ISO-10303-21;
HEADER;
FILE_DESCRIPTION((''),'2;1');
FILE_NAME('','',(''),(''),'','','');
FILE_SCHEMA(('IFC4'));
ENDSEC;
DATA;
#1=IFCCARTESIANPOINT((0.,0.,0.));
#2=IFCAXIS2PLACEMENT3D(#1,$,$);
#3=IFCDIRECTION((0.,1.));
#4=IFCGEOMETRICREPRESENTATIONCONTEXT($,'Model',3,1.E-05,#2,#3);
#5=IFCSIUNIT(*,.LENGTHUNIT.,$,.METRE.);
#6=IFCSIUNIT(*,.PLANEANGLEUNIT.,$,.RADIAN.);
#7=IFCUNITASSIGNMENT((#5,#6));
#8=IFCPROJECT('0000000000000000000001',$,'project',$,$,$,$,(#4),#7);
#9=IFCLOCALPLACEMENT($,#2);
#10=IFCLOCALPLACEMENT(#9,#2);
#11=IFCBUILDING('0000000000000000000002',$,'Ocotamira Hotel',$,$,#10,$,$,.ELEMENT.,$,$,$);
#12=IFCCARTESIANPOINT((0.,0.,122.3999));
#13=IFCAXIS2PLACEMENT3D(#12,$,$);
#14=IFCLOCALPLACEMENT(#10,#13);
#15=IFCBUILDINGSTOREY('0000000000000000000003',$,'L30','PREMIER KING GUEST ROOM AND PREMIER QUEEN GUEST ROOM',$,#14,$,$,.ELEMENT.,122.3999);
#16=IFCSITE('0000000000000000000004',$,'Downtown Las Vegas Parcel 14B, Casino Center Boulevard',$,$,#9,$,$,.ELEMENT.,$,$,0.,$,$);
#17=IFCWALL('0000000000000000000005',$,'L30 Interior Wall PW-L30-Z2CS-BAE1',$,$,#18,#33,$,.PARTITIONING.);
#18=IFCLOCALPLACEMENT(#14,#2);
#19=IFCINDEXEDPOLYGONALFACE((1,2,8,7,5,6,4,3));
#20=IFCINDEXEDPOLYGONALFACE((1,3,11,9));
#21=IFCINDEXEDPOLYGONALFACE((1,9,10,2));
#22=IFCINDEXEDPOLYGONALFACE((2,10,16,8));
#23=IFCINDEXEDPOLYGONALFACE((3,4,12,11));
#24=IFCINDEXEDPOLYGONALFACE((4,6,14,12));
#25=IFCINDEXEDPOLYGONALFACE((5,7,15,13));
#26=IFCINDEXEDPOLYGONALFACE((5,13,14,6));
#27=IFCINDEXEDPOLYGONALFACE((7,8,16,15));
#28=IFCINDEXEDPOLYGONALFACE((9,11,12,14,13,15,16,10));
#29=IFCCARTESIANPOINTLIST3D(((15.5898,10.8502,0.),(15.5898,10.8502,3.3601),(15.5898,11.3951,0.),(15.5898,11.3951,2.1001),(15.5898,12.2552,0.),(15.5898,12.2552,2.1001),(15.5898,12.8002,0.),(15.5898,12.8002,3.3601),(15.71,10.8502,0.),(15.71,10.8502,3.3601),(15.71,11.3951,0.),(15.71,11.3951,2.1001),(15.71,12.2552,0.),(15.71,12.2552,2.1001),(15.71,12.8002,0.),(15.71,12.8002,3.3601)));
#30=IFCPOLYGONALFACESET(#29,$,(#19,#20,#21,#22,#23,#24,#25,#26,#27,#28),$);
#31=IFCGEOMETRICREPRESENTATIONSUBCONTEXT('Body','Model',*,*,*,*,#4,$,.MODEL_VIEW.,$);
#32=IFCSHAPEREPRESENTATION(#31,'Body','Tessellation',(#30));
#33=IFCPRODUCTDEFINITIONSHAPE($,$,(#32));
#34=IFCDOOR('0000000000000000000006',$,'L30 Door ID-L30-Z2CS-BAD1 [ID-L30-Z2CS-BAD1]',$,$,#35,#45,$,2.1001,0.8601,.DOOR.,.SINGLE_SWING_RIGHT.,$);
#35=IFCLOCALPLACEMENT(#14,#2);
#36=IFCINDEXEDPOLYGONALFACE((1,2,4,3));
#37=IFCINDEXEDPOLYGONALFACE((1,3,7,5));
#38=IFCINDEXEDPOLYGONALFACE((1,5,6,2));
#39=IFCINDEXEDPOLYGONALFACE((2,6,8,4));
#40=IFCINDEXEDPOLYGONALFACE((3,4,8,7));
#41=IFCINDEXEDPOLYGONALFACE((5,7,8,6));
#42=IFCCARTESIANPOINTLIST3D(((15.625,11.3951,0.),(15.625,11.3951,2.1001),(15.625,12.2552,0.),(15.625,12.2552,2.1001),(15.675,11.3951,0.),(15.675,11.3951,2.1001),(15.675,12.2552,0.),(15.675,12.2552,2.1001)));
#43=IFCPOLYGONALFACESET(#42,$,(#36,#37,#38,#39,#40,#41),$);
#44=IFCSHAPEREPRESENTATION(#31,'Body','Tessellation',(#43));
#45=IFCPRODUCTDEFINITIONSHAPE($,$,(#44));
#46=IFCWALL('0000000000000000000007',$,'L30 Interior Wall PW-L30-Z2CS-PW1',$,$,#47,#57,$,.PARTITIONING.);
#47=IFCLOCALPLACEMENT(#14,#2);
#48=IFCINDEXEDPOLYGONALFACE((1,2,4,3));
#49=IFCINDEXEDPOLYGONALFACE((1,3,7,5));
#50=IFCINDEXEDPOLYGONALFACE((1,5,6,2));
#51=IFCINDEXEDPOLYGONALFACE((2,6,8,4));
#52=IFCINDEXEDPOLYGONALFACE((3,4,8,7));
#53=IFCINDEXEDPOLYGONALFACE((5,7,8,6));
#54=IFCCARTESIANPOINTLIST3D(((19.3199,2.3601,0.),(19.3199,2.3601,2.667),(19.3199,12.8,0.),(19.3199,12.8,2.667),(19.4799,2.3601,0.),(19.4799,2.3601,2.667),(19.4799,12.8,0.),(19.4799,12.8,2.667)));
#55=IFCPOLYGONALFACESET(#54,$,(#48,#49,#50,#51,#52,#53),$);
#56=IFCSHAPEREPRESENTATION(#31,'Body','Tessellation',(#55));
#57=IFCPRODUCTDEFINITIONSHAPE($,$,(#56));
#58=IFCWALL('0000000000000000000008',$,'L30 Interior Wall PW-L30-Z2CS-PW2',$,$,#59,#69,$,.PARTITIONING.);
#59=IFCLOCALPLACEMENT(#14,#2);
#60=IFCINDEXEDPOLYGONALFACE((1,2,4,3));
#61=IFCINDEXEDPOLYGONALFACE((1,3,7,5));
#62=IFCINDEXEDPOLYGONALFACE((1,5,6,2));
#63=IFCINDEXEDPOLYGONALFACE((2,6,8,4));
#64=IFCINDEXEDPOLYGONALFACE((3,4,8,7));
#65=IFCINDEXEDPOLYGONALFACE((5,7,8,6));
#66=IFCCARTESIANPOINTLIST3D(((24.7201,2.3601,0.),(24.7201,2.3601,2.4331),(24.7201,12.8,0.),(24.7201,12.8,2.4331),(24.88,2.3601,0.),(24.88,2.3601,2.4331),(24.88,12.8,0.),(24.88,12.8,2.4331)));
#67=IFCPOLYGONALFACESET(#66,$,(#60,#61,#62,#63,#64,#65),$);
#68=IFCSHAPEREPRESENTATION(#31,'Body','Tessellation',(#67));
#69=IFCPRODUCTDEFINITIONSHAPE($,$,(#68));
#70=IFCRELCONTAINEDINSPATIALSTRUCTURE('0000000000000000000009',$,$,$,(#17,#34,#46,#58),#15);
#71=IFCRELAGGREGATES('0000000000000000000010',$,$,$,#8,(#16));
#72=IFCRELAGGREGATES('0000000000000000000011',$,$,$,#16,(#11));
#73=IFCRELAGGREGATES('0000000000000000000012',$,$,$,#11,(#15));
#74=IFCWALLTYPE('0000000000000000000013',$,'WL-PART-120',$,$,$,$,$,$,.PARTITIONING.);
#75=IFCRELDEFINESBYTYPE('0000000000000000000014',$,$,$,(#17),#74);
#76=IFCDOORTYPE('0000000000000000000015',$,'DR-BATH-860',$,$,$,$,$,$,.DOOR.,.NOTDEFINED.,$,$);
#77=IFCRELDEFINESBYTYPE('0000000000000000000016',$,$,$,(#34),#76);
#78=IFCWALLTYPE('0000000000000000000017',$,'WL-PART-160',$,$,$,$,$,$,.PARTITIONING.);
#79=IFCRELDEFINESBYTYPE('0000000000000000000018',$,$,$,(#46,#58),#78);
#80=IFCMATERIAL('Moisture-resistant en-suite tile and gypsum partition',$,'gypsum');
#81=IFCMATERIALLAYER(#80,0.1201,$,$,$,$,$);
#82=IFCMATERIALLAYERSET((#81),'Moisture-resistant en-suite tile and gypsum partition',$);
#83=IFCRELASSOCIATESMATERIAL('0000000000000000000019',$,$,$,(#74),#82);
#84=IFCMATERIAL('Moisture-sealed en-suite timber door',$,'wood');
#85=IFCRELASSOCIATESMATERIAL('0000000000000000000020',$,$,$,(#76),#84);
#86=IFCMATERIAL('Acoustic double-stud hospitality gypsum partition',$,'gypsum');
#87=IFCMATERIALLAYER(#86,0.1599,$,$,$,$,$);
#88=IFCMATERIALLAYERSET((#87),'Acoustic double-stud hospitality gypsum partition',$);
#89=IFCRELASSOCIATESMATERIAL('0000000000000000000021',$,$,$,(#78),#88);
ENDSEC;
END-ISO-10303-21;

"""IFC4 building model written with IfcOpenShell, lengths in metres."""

from ifc_helpers import new_model, si_unit, direction, frame, frame_2d, origin, place, context, subcontext, project, spatial, rectangle, extrude, source, transform, mapped, material, layer, layer_set, type_object, element, fill, save


model = new_model("IFC4")

# Units and contexts
model_context = context("Model", 3, precision=1e-05, world=origin(), true_north=direction((0.0, 1.0)))
body_context = subcontext(model_context, "Body", "Model", "MODEL_VIEW")
ifc_project = project(units=[si_unit("LENGTHUNIT", "METRE"), si_unit("PLANEANGLEUNIT", "RADIAN")], contexts=[model_context])

# Site, building, storey
site_placement = place(None, origin())
site = spatial("IfcSite", under=ifc_project, at=site_placement, Name="Downtown Las Vegas Parcel 14B, Casino Center Boulevard", CompositionType="ELEMENT", RefElevation=0.0)
building_placement = place(site_placement, origin())
building = spatial("IfcBuilding", under=site, at=building_placement, Name="Ocotamira Hotel", CompositionType="ELEMENT")
storey_placement = place(building_placement, frame((0.0, 0.0, 122.3999)))
storey = spatial("IfcBuildingStorey", under=building, at=storey_placement, Name="L30", Description="PREMIER KING GUEST ROOM AND PREMIER QUEEN GUEST ROOM", CompositionType="ELEMENT", Elevation=122.3999)

# Wall, opening, door
ifc_material_1 = material(Name="Moisture-resistant en-suite tile and gypsum partition", Category="gypsum")
ifc_layer_1 = layer(ifc_material_1, 0.1201)
ifc_layer_set_1 = layer_set([ifc_layer_1], Name="Moisture-resistant en-suite tile and gypsum partition")
wall_type_1 = type_object("IfcWallType", Name="WL-PART-120", PredefinedType="PARTITIONING", material=ifc_layer_set_1)
wall_1_placement = place(storey_placement, frame((15.6499, 10.8501, 0.0), z_axis=(0.0, 0.0, 1.0), x_axis=(0.0, 1.0, 0.0)))
wall_1 = element("IfcWall", 1, at=wall_1_placement, inside=storey, type_object=wall_type_1, Name="L30 Interior Wall PW-L30-Z2CS-BAE1", PredefinedType="PARTITIONING", context=body_context, shape_type="SweptSolid", body=[
    extrude(rectangle(XDim=1.95, YDim=0.1201, at=frame_2d((0.9751, 0.0))), origin(), (0.0, 0.0, 1.0), 3.3601),
])
opening_placement = place(wall_1_placement, frame((0.5449, 0.0, 0.0)))
opening = element("IfcOpeningElement", 2, at=opening_placement, cuts=wall_1, PredefinedType="OPENING", context=body_context, shape_type="SweptSolid", body=[
    extrude(rectangle(XDim=0.8601, YDim=2.1001, at=frame_2d((0.4302, 1.05))), frame((0.0, 0.0701, 0.0), z_axis=(0.0, -1.0, 0.0), x_axis=(1.0, 0.0, 0.0)), (0.0, 0.0, 1.0), 0.1401),
])
ifc_material_2 = material(Name="Moisture-sealed en-suite timber door", Category="wood")
door_type = type_object("IfcDoorType", Name="DR-BATH-860", OperationType="NOTDEFINED", PredefinedType="DOOR", material=ifc_material_2)
shared_shape_1 = source(origin(), body_context, "Body", "SweptSolid", [
    extrude(rectangle(XDim=0.8601, YDim=2.1001, at=frame_2d((0.4302, 1.05))), frame((0.0, 0.0249, 0.0), z_axis=(0.0, -1.0, 0.0), x_axis=(1.0, 0.0, 0.0)), (0.0, 0.0, 1.0), 0.05),
])
door_placement = place(opening_placement, origin())
door = element("IfcDoor", 3, at=door_placement, inside=storey, type_object=door_type, Name="L30 Door ID-L30-Z2CS-BAD1 [ID-L30-Z2CS-BAD1]", OperationType="SINGLE_SWING_RIGHT", OverallHeight=2.1001, OverallWidth=0.8601, PredefinedType="DOOR", context=body_context, shape_type="MappedRepresentation", body=[
    mapped(shared_shape_1, transform((0.0, 0.0, 0.0), scale=1.0)),
])
fill(opening, door)

# Walls
ifc_material_3 = material(Name="Acoustic double-stud hospitality gypsum partition", Category="gypsum")
ifc_layer_2 = layer(ifc_material_3, 0.1599)
ifc_layer_set_2 = layer_set([ifc_layer_2], Name="Acoustic double-stud hospitality gypsum partition")
wall_type_2 = type_object("IfcWallType", Name="WL-PART-160", PredefinedType="PARTITIONING", material=ifc_layer_set_2)
wall_2_placement = place(storey_placement, frame((19.3999, 2.3601, 0.0), z_axis=(0.0, 0.0, 1.0), x_axis=(0.0, 1.0, 0.0)))
element("IfcWall", 4, at=wall_2_placement, inside=storey, type_object=wall_type_2, Name="L30 Interior Wall PW-L30-Z2CS-PW1", PredefinedType="PARTITIONING", context=body_context, shape_type="SweptSolid", body=[
    extrude(rectangle(XDim=10.4399, YDim=0.1599, at=frame_2d((5.22, 0.0))), origin(), (0.0, 0.0, 1.0), 2.667),
])
wall_3_placement = place(storey_placement, frame((24.8, 2.3601, 0.0), z_axis=(0.0, 0.0, 1.0), x_axis=(0.0, 1.0, 0.0)))
element("IfcWall", 5, at=wall_3_placement, inside=storey, type_object=wall_type_2, Name="L30 Interior Wall PW-L30-Z2CS-PW2", PredefinedType="PARTITIONING", context=body_context, shape_type="SweptSolid", body=[
    extrude(rectangle(XDim=10.4399, YDim=0.1599, at=frame_2d((5.22, 0.0))), origin(), (0.0, 0.0, 1.0), 2.4331),
])

save(model, "model.ifc")
